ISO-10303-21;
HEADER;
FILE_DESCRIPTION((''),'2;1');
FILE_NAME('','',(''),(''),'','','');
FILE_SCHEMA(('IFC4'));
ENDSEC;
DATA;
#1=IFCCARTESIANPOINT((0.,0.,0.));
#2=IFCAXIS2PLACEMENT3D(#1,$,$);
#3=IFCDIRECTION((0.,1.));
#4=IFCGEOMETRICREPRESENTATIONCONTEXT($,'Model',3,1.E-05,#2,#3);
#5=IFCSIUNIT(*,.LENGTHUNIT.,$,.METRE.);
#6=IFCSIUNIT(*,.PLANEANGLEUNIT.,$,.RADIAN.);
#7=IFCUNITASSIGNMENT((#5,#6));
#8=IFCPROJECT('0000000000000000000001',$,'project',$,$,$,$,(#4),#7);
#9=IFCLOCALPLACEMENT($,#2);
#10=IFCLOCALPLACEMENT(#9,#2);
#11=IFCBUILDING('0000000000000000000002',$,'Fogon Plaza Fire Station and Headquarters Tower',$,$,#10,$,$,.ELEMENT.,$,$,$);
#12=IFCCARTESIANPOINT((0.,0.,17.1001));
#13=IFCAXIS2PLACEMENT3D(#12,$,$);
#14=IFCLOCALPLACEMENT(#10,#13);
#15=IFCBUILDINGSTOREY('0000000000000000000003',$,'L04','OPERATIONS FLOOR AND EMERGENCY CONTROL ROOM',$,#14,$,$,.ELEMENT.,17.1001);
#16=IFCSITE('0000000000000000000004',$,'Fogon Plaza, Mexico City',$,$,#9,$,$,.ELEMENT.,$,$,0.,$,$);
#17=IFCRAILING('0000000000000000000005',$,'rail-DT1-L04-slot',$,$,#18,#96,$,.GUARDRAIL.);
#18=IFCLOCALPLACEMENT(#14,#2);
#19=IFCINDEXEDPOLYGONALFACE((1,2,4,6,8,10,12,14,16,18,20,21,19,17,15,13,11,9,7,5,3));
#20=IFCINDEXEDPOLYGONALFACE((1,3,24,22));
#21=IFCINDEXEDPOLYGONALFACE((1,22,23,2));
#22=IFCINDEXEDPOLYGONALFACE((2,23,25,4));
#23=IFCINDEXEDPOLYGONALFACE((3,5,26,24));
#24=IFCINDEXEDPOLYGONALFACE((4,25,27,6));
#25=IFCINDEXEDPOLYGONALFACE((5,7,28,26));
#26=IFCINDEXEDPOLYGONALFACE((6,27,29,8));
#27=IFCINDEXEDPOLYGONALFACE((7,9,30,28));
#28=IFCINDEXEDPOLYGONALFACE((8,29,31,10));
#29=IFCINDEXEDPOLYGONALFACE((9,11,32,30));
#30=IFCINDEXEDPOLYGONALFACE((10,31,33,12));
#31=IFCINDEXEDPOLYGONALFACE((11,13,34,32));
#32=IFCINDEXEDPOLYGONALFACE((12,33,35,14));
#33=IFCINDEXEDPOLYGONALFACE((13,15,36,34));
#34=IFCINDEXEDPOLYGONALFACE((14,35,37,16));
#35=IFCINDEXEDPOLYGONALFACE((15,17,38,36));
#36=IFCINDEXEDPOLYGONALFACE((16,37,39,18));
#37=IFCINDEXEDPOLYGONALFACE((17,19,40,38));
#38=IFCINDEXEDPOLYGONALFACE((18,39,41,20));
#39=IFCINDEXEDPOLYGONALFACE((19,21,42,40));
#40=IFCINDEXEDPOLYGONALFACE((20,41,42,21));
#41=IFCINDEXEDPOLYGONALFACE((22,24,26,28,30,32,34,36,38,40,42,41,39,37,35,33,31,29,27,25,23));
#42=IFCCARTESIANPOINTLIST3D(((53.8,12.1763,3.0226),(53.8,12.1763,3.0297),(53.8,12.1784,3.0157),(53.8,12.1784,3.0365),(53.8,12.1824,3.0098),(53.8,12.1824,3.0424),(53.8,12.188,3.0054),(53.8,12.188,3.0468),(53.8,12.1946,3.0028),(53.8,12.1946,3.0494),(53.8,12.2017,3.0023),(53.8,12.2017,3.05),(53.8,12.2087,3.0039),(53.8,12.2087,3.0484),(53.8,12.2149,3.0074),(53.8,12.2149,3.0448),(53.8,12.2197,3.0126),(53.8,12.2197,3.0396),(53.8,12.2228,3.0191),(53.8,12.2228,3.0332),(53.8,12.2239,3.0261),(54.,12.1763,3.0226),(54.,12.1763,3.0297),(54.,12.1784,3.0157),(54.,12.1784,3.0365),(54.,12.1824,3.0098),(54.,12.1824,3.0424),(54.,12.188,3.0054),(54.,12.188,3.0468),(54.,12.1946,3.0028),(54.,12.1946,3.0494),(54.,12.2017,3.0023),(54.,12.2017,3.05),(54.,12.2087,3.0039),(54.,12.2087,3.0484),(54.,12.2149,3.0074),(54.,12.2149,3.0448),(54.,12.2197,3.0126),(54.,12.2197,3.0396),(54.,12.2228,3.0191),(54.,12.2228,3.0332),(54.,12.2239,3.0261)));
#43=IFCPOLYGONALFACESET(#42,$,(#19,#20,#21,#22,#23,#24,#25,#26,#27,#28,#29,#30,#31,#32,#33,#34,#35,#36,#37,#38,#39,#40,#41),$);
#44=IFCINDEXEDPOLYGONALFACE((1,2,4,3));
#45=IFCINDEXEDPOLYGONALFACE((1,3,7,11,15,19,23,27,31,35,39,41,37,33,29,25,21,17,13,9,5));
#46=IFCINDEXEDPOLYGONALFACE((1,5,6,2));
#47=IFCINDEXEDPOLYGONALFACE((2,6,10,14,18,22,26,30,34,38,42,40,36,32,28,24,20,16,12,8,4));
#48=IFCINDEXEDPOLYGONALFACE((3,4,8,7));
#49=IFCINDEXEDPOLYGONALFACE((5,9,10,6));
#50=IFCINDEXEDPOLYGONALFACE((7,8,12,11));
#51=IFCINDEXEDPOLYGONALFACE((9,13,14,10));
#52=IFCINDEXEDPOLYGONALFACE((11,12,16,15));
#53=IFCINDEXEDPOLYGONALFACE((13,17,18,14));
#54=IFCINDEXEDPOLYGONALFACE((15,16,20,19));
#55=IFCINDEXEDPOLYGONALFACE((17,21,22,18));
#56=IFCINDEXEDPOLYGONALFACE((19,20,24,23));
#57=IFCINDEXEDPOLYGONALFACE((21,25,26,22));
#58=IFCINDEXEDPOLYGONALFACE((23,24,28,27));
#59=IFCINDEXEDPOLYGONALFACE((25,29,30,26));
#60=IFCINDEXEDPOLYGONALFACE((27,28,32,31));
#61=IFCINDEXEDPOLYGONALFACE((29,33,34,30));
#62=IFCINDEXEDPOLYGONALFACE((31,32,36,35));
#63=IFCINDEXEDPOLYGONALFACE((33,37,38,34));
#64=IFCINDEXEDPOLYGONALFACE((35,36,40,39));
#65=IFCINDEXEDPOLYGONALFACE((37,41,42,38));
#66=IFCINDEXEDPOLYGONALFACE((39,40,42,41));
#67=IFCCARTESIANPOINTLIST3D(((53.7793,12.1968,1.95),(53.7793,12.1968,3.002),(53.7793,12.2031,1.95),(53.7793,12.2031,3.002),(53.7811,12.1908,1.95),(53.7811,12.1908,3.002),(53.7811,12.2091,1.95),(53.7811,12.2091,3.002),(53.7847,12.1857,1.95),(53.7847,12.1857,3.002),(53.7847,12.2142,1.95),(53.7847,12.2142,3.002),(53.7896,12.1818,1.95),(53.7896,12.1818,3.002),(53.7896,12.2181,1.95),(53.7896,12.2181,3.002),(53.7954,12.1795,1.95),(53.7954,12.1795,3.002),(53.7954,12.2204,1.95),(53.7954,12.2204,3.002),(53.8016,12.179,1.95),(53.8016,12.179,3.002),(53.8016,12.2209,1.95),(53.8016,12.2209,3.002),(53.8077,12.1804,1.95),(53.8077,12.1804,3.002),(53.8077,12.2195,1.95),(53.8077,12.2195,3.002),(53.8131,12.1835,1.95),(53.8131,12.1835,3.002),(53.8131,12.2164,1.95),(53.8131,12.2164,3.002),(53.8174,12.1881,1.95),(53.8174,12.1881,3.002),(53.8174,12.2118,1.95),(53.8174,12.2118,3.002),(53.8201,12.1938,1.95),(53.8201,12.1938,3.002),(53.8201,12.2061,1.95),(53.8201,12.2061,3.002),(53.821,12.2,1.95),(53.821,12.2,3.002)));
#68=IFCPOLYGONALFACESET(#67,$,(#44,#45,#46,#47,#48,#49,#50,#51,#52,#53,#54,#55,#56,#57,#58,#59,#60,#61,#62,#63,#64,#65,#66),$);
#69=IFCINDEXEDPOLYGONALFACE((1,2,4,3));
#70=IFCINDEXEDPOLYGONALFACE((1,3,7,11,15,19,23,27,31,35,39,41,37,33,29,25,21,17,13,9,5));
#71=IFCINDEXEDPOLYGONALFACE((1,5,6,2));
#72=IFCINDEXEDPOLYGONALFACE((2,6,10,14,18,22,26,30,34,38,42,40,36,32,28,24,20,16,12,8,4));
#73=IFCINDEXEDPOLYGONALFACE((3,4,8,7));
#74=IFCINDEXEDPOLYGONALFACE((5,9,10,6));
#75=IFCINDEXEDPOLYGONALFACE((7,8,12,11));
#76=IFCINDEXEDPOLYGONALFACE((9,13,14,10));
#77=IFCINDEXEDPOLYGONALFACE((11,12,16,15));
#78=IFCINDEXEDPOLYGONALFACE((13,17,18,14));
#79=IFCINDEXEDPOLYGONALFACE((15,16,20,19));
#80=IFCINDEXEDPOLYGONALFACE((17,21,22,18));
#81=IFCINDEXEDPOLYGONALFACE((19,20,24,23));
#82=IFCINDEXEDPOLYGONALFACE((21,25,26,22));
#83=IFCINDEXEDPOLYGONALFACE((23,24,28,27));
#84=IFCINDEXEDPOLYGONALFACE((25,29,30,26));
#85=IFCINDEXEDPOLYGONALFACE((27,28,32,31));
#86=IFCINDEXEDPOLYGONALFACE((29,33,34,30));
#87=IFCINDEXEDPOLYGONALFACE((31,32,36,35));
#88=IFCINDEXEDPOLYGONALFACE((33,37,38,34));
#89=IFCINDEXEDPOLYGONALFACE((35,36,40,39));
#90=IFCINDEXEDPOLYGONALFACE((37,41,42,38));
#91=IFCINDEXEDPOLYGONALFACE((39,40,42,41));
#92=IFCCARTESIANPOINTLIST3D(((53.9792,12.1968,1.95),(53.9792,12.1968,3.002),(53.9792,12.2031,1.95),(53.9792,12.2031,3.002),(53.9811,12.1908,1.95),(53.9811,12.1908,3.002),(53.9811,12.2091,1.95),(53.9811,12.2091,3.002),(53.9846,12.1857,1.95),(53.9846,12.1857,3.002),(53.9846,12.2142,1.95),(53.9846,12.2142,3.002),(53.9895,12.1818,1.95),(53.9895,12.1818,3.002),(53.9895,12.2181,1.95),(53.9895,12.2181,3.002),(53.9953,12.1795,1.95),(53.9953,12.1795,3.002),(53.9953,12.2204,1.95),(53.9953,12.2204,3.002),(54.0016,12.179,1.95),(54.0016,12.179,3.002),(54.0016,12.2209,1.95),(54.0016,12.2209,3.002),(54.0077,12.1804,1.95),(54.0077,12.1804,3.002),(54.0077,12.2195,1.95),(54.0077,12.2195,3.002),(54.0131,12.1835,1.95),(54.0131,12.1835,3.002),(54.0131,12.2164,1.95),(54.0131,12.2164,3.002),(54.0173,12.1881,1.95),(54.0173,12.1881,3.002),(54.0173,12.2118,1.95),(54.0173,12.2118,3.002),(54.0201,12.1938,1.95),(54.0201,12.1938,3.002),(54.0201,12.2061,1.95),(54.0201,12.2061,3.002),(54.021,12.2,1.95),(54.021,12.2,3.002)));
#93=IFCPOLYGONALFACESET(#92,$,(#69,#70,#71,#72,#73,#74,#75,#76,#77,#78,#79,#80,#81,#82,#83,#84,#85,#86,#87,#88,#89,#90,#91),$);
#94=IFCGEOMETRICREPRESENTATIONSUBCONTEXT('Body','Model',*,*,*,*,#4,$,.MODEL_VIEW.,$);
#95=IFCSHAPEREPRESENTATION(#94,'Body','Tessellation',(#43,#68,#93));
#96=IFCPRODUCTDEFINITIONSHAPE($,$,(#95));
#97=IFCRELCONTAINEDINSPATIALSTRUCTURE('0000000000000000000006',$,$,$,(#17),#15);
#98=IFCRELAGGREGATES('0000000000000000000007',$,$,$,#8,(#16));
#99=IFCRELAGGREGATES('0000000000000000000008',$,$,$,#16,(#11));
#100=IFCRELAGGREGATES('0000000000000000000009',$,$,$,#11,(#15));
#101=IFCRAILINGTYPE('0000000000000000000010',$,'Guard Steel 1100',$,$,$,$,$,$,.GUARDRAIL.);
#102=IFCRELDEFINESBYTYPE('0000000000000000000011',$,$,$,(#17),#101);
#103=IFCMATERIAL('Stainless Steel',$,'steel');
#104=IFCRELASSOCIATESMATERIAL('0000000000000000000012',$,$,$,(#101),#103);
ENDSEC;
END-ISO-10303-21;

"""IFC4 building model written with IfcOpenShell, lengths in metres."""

from ifc_helpers import new_model, si_unit, direction, frame, origin, origin_2d, place, context, subcontext, project, spatial, circle, extrude, material, type_object, element, save


model = new_model("IFC4")

# Units and contexts
model_context = context("Model", 3, precision=1e-05, world=origin(), true_north=direction((0.0, 1.0)))
body_context = subcontext(model_context, "Body", "Model", "MODEL_VIEW")
ifc_project = project(units=[si_unit("LENGTHUNIT", "METRE"), si_unit("PLANEANGLEUNIT", "RADIAN")], contexts=[model_context])

# Site, building, storey
site_placement = place(None, origin())
site = spatial("IfcSite", under=ifc_project, at=site_placement, Name="Fogon Plaza, Mexico City", CompositionType="ELEMENT", RefElevation=0.0)
building_placement = place(site_placement, origin())
building = spatial("IfcBuilding", under=site, at=building_placement, Name="Fogon Plaza Fire Station and Headquarters Tower", CompositionType="ELEMENT")
storey_placement = place(building_placement, frame((0.0, 0.0, 17.1001)))
storey = spatial("IfcBuildingStorey", under=building, at=storey_placement, Name="L04", Description="OPERATIONS FLOOR AND EMERGENCY CONTROL ROOM", CompositionType="ELEMENT", Elevation=17.1001)

# Railing
ifc_material_1 = material(Name="Stainless Steel", Category="steel")
railing_type_1 = type_object("IfcRailingType", Name="Guard Steel 1100", PredefinedType="GUARDRAIL", material=ifc_material_1)
for number, where, name in (
    (1, (53.8, 12.2, 1.95), "rail-DT1-L04-slot"),
):
    element("IfcRailing", number, at=place(storey_placement, frame(where)), inside=storey, type_object=railing_type_1, Name=name, PredefinedType="GUARDRAIL", context=body_context, shape_type="SweptSolid", body=[
        extrude(circle(Radius=0.0239, at=origin_2d()), frame((0.0, 0.0, 1.0762), z_axis=(1.0, 0.0, 0.0), x_axis=(0.0, 1.0, 0.0)), (0.0, 0.0, 1.0), 0.2),
        extrude(circle(Radius=0.021, at=origin_2d()), origin(), (0.0, 0.0, 1.0), 1.052),
        extrude(circle(Radius=0.021, at=origin_2d()), frame((0.2, 0.0, 0.0)), (0.0, 0.0, 1.0), 1.052),
    ])

save(model, "model.ifc")
